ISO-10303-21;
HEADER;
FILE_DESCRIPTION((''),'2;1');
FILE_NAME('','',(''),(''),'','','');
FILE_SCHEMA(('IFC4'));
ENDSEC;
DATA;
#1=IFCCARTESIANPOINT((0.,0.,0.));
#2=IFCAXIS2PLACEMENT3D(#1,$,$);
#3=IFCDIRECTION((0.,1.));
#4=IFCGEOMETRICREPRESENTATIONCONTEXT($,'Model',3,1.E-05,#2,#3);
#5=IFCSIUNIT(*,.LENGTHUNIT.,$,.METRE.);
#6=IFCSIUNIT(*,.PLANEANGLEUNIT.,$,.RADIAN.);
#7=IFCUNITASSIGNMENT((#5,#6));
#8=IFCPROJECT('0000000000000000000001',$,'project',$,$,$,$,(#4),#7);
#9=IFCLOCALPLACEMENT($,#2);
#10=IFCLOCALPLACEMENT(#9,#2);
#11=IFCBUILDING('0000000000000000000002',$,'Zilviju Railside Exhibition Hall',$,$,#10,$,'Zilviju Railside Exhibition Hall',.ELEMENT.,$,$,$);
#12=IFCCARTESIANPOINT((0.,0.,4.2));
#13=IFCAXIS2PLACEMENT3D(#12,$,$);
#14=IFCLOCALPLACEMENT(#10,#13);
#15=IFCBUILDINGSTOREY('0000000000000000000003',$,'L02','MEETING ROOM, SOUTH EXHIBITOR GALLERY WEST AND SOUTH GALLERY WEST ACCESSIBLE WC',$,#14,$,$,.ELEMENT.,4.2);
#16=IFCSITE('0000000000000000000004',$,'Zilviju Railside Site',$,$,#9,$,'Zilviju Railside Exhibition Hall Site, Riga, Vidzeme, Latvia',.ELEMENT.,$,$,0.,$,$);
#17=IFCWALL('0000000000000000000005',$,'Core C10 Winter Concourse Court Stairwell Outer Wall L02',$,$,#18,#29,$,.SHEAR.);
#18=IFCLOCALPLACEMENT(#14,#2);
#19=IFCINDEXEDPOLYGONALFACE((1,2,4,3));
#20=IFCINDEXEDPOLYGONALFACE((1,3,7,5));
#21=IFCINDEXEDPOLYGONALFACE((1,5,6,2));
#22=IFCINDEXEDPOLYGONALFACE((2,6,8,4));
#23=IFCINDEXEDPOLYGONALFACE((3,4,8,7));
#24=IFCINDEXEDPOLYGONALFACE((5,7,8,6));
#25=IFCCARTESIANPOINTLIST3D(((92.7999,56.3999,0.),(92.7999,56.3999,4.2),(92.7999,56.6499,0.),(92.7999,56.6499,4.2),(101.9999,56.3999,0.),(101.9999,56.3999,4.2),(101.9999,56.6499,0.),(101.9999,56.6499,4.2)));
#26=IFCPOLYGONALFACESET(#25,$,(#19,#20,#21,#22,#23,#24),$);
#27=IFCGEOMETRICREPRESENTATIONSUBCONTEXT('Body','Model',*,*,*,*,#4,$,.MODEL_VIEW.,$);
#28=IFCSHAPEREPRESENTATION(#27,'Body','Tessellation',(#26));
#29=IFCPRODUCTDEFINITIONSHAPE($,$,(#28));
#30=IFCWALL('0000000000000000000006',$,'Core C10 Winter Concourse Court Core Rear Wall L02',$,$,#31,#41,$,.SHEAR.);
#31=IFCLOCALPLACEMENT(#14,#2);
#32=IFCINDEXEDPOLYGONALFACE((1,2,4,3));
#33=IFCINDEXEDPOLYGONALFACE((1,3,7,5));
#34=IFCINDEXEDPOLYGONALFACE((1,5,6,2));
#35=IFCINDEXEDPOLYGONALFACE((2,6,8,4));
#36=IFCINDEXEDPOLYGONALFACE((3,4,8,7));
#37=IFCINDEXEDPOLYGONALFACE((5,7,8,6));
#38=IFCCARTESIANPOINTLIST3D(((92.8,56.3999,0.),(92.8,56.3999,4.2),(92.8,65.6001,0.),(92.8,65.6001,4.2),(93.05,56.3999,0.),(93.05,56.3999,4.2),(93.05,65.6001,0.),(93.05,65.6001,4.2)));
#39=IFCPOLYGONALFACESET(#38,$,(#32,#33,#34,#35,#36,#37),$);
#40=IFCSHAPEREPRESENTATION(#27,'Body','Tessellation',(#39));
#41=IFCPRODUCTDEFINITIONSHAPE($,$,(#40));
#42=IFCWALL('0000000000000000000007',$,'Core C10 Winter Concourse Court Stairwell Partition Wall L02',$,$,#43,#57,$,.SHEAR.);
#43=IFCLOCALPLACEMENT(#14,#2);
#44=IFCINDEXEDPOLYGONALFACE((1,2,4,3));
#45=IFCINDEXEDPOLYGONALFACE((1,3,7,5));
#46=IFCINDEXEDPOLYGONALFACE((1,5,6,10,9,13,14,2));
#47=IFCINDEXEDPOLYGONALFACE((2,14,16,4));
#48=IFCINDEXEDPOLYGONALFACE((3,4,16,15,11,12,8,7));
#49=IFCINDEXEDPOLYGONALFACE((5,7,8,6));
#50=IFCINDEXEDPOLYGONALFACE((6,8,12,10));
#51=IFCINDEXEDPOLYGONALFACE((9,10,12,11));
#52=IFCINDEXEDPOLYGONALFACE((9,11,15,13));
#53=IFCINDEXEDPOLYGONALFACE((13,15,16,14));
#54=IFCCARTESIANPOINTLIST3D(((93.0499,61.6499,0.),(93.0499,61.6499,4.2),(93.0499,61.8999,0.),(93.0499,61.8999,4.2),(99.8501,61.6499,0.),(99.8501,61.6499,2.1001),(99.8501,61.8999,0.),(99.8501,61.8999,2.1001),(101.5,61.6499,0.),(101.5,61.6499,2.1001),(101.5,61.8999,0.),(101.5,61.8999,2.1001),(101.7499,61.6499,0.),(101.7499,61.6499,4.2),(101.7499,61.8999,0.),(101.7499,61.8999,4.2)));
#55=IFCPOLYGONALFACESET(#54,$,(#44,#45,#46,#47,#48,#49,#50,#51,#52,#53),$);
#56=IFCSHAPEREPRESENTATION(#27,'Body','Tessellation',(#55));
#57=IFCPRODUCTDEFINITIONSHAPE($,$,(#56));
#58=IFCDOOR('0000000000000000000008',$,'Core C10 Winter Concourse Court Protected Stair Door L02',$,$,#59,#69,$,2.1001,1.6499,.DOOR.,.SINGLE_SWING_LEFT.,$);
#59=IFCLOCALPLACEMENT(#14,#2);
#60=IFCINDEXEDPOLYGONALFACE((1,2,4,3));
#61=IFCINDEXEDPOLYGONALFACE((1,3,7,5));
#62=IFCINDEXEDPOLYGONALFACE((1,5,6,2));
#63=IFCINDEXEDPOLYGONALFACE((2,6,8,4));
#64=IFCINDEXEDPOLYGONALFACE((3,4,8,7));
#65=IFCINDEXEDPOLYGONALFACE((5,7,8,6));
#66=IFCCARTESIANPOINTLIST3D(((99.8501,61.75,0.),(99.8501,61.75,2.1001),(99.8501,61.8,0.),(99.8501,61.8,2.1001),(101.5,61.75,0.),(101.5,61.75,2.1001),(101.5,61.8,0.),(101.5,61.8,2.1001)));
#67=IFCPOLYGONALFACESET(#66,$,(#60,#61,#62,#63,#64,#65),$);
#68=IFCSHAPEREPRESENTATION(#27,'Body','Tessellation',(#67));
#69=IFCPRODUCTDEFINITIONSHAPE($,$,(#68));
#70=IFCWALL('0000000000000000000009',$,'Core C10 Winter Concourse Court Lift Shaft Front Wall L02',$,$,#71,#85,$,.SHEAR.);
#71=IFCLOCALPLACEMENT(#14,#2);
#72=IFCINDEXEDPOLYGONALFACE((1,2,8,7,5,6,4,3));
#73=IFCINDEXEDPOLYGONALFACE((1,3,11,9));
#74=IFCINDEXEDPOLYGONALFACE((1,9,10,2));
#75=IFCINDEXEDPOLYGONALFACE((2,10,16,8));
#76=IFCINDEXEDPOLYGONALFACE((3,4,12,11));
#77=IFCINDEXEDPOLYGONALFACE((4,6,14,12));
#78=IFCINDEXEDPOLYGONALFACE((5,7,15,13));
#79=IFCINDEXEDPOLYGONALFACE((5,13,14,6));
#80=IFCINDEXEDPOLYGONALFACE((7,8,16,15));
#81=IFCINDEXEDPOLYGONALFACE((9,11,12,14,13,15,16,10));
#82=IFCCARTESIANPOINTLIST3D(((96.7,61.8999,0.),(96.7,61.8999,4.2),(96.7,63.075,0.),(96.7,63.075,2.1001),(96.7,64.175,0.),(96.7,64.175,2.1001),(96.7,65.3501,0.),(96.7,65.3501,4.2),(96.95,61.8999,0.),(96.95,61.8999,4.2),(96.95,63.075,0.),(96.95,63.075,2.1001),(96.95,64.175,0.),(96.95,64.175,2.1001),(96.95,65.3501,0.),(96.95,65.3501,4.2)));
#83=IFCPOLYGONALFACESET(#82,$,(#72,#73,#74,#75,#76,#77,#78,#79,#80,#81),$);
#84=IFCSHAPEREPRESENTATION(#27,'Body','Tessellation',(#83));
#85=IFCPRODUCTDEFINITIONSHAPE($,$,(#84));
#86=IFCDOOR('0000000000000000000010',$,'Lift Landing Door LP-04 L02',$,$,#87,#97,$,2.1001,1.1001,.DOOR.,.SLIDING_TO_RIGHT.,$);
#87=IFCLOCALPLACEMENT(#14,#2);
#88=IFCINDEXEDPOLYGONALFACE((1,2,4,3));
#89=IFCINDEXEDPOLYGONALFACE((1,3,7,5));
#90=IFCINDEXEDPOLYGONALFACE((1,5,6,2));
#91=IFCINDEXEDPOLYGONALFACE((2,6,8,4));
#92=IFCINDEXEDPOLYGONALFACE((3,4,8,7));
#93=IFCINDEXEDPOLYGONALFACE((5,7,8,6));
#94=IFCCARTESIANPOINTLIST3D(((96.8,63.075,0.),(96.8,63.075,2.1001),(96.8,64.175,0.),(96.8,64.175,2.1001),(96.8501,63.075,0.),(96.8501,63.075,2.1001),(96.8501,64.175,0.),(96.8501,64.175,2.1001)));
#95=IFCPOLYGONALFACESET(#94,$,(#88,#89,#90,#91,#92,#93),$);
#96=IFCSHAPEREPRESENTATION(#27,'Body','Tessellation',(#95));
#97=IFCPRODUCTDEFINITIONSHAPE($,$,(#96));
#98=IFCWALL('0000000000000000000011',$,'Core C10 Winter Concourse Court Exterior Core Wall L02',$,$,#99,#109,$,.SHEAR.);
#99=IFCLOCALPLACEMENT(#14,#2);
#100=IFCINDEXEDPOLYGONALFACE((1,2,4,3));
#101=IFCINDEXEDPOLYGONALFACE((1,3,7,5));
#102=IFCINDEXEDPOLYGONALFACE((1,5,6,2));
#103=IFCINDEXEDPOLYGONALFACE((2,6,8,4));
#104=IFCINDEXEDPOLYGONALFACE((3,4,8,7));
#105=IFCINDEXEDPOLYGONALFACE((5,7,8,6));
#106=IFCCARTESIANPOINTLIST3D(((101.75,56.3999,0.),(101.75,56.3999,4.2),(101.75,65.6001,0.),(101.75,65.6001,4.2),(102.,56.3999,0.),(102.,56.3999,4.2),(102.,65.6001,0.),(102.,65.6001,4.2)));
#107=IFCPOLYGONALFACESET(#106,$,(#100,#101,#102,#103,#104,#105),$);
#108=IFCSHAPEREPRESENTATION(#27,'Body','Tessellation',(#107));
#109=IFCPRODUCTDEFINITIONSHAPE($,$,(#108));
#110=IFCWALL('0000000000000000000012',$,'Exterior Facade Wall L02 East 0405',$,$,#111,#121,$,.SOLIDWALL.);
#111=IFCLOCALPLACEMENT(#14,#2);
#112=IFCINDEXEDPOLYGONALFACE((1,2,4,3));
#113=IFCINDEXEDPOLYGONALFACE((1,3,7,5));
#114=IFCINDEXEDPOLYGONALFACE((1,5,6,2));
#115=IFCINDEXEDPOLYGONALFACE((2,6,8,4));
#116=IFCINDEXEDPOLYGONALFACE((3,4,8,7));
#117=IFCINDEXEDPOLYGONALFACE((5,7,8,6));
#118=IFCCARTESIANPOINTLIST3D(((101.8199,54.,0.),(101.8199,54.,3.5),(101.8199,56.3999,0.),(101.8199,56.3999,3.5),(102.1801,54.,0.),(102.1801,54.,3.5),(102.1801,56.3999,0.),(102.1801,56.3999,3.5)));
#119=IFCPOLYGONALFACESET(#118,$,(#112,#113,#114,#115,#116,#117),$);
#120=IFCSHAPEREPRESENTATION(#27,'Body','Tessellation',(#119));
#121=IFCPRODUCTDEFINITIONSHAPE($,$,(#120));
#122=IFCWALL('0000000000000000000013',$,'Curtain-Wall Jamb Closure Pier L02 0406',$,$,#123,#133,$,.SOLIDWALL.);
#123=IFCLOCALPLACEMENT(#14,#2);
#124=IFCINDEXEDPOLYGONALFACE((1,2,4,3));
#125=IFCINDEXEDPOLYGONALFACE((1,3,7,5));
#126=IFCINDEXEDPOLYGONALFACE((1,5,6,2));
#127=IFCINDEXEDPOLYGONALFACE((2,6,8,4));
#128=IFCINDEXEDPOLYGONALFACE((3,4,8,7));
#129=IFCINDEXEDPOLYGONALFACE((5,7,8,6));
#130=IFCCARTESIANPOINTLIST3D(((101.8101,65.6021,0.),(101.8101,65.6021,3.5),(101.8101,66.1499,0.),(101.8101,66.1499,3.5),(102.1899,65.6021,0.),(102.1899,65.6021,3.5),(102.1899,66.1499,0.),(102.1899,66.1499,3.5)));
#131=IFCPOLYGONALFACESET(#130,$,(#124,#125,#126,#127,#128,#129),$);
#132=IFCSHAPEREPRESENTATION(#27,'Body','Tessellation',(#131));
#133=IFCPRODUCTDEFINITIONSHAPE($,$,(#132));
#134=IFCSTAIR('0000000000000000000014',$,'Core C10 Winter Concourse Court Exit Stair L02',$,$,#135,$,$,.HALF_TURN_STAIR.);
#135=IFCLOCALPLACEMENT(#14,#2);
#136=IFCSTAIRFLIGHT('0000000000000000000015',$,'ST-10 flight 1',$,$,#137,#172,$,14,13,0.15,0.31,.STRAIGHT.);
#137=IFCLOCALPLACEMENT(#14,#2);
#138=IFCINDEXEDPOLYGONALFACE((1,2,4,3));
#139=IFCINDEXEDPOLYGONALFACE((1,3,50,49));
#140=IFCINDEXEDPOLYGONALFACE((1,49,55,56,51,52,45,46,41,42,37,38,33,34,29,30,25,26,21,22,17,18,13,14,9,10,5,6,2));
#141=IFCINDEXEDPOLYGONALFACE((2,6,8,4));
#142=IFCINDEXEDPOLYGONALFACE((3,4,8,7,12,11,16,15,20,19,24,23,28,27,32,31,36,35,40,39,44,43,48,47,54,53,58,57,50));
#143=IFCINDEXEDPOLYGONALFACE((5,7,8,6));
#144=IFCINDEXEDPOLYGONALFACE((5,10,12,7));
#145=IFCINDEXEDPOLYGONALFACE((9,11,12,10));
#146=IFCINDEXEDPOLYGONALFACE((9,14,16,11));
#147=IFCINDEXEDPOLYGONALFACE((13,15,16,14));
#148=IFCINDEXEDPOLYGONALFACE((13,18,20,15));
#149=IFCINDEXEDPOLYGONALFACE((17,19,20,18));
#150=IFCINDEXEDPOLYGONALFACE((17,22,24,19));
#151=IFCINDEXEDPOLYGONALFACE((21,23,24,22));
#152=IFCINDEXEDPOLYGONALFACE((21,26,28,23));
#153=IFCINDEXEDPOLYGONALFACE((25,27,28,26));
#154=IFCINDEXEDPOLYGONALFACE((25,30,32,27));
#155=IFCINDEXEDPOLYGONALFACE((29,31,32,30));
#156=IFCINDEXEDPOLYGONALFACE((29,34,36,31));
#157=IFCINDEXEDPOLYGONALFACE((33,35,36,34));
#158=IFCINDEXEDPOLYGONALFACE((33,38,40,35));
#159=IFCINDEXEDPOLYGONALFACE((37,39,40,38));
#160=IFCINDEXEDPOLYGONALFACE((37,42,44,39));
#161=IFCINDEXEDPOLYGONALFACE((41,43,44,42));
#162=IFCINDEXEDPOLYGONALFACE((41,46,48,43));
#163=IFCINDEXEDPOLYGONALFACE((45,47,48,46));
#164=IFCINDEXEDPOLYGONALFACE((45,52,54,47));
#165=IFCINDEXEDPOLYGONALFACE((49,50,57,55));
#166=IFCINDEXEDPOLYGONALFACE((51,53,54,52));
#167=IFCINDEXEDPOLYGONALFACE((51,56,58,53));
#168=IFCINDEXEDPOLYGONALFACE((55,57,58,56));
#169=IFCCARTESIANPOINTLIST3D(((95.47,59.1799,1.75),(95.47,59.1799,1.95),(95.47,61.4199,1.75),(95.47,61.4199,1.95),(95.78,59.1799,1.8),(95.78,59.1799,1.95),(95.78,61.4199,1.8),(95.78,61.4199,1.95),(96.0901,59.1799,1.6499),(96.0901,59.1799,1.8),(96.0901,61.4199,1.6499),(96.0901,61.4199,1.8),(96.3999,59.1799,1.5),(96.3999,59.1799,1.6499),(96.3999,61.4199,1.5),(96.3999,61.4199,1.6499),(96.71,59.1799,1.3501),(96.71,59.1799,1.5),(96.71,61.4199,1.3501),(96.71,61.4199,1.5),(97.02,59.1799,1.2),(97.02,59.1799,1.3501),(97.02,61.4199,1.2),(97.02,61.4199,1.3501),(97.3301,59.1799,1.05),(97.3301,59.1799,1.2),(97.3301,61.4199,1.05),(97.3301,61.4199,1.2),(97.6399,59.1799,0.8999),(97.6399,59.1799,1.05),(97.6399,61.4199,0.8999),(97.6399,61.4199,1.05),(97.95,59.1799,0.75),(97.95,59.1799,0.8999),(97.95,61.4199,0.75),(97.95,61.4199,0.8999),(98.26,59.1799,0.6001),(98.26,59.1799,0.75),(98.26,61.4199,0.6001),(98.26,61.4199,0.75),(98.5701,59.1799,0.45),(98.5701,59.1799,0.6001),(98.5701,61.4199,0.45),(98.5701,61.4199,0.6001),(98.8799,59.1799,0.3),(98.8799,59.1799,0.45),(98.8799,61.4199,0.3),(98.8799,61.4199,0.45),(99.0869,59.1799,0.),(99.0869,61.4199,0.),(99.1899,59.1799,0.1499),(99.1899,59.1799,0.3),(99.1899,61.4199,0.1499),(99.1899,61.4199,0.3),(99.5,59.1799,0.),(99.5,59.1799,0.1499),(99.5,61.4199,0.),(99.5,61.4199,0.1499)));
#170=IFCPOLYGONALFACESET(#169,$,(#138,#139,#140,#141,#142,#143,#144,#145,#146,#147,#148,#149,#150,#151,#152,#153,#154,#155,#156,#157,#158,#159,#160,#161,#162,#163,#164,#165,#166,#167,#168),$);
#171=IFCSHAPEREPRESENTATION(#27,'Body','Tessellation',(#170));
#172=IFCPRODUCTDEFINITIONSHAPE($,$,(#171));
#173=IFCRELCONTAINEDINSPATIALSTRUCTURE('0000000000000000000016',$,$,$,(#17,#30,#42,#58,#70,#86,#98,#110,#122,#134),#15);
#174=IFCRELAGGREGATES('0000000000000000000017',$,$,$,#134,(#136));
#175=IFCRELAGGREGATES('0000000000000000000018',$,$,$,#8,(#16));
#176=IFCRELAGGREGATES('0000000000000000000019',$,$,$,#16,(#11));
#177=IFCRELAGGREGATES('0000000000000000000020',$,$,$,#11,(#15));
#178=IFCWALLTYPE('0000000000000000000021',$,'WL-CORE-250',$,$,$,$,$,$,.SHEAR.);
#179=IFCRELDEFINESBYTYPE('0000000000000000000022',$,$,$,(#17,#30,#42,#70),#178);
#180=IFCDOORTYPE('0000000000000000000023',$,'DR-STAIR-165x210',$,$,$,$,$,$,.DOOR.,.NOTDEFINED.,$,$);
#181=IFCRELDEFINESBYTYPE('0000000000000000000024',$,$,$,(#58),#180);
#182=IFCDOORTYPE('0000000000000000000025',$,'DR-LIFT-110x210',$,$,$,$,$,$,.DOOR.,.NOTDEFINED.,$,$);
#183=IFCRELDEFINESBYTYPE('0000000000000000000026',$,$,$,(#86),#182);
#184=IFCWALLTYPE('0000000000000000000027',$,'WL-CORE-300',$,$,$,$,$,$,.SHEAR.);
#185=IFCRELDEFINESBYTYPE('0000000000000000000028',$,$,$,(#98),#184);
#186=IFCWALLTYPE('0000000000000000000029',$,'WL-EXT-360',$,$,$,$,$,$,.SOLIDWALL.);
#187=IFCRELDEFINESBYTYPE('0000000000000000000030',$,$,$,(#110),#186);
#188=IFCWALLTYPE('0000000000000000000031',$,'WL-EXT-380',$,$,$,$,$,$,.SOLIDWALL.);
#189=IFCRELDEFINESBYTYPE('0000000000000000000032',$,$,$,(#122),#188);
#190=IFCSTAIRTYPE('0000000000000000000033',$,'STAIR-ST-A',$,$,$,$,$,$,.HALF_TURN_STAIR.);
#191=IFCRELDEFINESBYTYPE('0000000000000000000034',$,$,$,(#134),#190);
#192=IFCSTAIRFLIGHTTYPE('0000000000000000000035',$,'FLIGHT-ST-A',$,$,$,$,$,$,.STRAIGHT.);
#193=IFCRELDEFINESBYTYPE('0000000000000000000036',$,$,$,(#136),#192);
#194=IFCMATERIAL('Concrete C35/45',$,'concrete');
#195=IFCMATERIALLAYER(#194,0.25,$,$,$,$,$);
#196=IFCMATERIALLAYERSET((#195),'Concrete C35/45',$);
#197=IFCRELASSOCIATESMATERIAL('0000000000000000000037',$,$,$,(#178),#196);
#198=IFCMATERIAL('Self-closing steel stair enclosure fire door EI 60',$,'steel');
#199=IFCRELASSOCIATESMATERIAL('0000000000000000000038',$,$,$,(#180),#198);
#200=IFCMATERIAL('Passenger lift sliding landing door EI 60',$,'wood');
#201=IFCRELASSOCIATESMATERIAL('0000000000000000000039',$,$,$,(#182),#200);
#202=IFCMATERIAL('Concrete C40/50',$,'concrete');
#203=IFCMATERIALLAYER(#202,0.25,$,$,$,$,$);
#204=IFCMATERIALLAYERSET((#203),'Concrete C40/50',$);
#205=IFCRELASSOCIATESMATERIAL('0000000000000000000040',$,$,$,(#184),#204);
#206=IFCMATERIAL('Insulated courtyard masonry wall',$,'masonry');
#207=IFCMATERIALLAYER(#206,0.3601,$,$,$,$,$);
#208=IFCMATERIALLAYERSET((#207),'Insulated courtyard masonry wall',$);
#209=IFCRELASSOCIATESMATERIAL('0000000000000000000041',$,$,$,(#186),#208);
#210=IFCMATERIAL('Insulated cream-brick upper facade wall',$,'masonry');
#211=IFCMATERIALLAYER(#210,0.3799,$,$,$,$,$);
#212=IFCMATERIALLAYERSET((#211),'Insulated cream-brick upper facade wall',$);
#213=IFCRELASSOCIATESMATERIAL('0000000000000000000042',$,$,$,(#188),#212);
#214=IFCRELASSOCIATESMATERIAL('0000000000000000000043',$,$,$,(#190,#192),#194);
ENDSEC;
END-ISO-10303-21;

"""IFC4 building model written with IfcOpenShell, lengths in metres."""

from ifc_helpers import new_model, si_unit, direction, frame, frame_2d, origin, place, context, subcontext, project, spatial, polyline, rectangle, outline, extrude, material, layer, layer_set, type_object, element, fill, aggregate, save


model = new_model("IFC4")

# Units and contexts
model_context = context("Model", 3, precision=1e-05, world=origin(), true_north=direction((0.0, 1.0)))
body_context = subcontext(model_context, "Body", "Model", "MODEL_VIEW")
ifc_project = project(units=[si_unit("LENGTHUNIT", "METRE"), si_unit("PLANEANGLEUNIT", "RADIAN")], contexts=[model_context])

# Site, building, storey
site_placement = place(None, origin())
site = spatial("IfcSite", under=ifc_project, at=site_placement, Name="Zilviju Railside Site", LongName="Zilviju Railside Exhibition Hall Site, Riga, Vidzeme, Latvia", CompositionType="ELEMENT", RefElevation=0.0)
building_placement = place(site_placement, origin())
building = spatial("IfcBuilding", under=site, at=building_placement, Name="Zilviju Railside Exhibition Hall", LongName="Zilviju Railside Exhibition Hall", CompositionType="ELEMENT")
storey_placement = place(building_placement, frame((0.0, 0.0, 4.2)))
storey = spatial("IfcBuildingStorey", under=building, at=storey_placement, Name="L02", Description="MEETING ROOM, SOUTH EXHIBITOR GALLERY WEST AND SOUTH GALLERY WEST ACCESSIBLE WC", CompositionType="ELEMENT", Elevation=4.2)

# Walls
ifc_material_1 = material(Name="Concrete C35/45", Category="concrete")
ifc_layer_1 = layer(ifc_material_1, 0.25)
ifc_layer_set_1 = layer_set([ifc_layer_1], Name="Concrete C35/45")
wall_type_1 = type_object("IfcWallType", Name="WL-CORE-250", PredefinedType="SHEAR", material=ifc_layer_set_1)
wall_1_placement = place(storey_placement, frame((102.0, 56.5249, 0.0), z_axis=(0.0, 0.0, 1.0), x_axis=(-1.0, 0.0, 0.0)))
element("IfcWall", 1, at=wall_1_placement, inside=storey, type_object=wall_type_1, Name="Core C10 Winter Concourse Court Stairwell Outer Wall L02", PredefinedType="SHEAR", context=body_context, shape_type="SweptSolid", body=[
    extrude(rectangle(XDim=9.2, YDim=0.25, at=frame_2d((4.6001, 0.0))), origin(), (0.0, 0.0, 1.0), 4.2),
])
wall_2_placement = place(storey_placement, frame((92.925, 56.3999, 0.0), z_axis=(0.0, 0.0, 1.0), x_axis=(0.0, 1.0, 0.0)))
element("IfcWall", 2, at=wall_2_placement, inside=storey, type_object=wall_type_1, Name="Core C10 Winter Concourse Court Core Rear Wall L02", PredefinedType="SHEAR", context=body_context, shape_type="SweptSolid", body=[
    extrude(rectangle(XDim=9.2002, YDim=0.25, at=frame_2d((4.6001, 0.0))), origin(), (0.0, 0.0, 1.0), 4.2),
])

# Walls, openings, doors
wall_3_placement = place(storey_placement, frame((101.75, 61.7749, 0.0), z_axis=(0.0, 0.0, 1.0), x_axis=(-1.0, 0.0, 0.0)))
wall_3 = element("IfcWall", 3, at=wall_3_placement, inside=storey, type_object=wall_type_1, Name="Core C10 Winter Concourse Court Stairwell Partition Wall L02", PredefinedType="SHEAR", context=body_context, shape_type="SweptSolid", body=[
    extrude(rectangle(XDim=8.7, YDim=0.25, at=frame_2d((4.3501, 0.0))), origin(), (0.0, 0.0, 1.0), 4.2),
])
opening_1_placement = place(wall_3_placement, frame((0.25, 0.0, 0.0)))
opening_1 = element("IfcOpeningElement", 4, at=opening_1_placement, cuts=wall_3, PredefinedType="OPENING", context=body_context, shape_type="SweptSolid", body=[
    extrude(rectangle(XDim=1.6499, YDim=2.1001, at=frame_2d((0.825, 1.05))), frame((0.0, 0.135, 0.0), z_axis=(0.0, -1.0, 0.0), x_axis=(1.0, 0.0, 0.0)), (0.0, 0.0, 1.0), 0.27),
])
ifc_material_2 = material(Name="Self-closing steel stair enclosure fire door EI 60", Category="steel")
door_type_1 = type_object("IfcDoorType", Name="DR-STAIR-165x210", OperationType="NOTDEFINED", PredefinedType="DOOR", material=ifc_material_2)
door_1_placement = place(opening_1_placement, origin())
door_1 = element("IfcDoor", 5, at=door_1_placement, inside=storey, type_object=door_type_1, Name="Core C10 Winter Concourse Court Protected Stair Door L02", OperationType="SINGLE_SWING_LEFT", OverallHeight=2.1001, OverallWidth=1.6499, PredefinedType="DOOR", context=body_context, shape_type="SweptSolid", body=[
    extrude(rectangle(XDim=1.6499, YDim=2.1001, at=frame_2d((0.825, 1.05))), frame((0.0, 0.0249, 0.0), z_axis=(0.0, -1.0, 0.0), x_axis=(1.0, 0.0, 0.0)), (0.0, 0.0, 1.0), 0.05),
])
fill(opening_1, door_1)
wall_4_placement = place(storey_placement, frame((96.825, 61.8999, 0.0), z_axis=(0.0, 0.0, 1.0), x_axis=(0.0, 1.0, 0.0)))
wall_4 = element("IfcWall", 6, at=wall_4_placement, inside=storey, type_object=wall_type_1, Name="Core C10 Winter Concourse Court Lift Shaft Front Wall L02", PredefinedType="SHEAR", context=body_context, shape_type="SweptSolid", body=[
    extrude(rectangle(XDim=3.4502, YDim=0.25, at=frame_2d((1.7251, 0.0))), origin(), (0.0, 0.0, 1.0), 4.2),
])
opening_2_placement = place(wall_4_placement, frame((1.175, 0.0, 0.0)))
opening_2 = element("IfcOpeningElement", 7, at=opening_2_placement, cuts=wall_4, PredefinedType="OPENING", context=body_context, shape_type="SweptSolid", body=[
    extrude(rectangle(XDim=1.1001, YDim=2.1001, at=frame_2d((0.55, 1.05))), frame((0.0, 0.135, 0.0), z_axis=(0.0, -1.0, 0.0), x_axis=(1.0, 0.0, 0.0)), (0.0, 0.0, 1.0), 0.27),
])
ifc_material_3 = material(Name="Passenger lift sliding landing door EI 60", Category="wood")
door_type_2 = type_object("IfcDoorType", Name="DR-LIFT-110x210", OperationType="NOTDEFINED", PredefinedType="DOOR", material=ifc_material_3)
door_2_placement = place(opening_2_placement, origin())
door_2 = element("IfcDoor", 8, at=door_2_placement, inside=storey, type_object=door_type_2, Name="Lift Landing Door LP-04 L02", OperationType="SLIDING_TO_RIGHT", OverallHeight=2.1001, OverallWidth=1.1001, PredefinedType="DOOR", context=body_context, shape_type="SweptSolid", body=[
    extrude(rectangle(XDim=1.1001, YDim=2.1001, at=frame_2d((0.55, 1.05))), frame((0.0, 0.0249, 0.0), z_axis=(0.0, -1.0, 0.0), x_axis=(1.0, 0.0, 0.0)), (0.0, 0.0, 1.0), 0.05),
])
fill(opening_2, door_2)

# Walls
ifc_material_4 = material(Name="Concrete C40/50", Category="concrete")
ifc_layer_2 = layer(ifc_material_4, 0.25)
ifc_layer_set_2 = layer_set([ifc_layer_2], Name="Concrete C40/50")
wall_type_2 = type_object("IfcWallType", Name="WL-CORE-300", PredefinedType="SHEAR", material=ifc_layer_set_2)
wall_5_placement = place(storey_placement, frame((101.875, 65.6001, 0.0), z_axis=(0.0, 0.0, 1.0), x_axis=(0.0, -1.0, 0.0)))
element("IfcWall", 9, at=wall_5_placement, inside=storey, type_object=wall_type_2, Name="Core C10 Winter Concourse Court Exterior Core Wall L02", PredefinedType="SHEAR", context=body_context, shape_type="SweptSolid", body=[
    extrude(rectangle(XDim=9.2002, YDim=0.25, at=frame_2d((4.6001, 0.0))), origin(), (0.0, 0.0, 1.0), 4.2),
])
ifc_material_5 = material(Name="Insulated courtyard masonry wall", Category="masonry")
ifc_layer_3 = layer(ifc_material_5, 0.3601)
ifc_layer_set_3 = layer_set([ifc_layer_3], Name="Insulated courtyard masonry wall")
wall_type_3 = type_object("IfcWallType", Name="WL-EXT-360", PredefinedType="SOLIDWALL", material=ifc_layer_set_3)
wall_6_placement = place(storey_placement, frame((102.0, 56.3999, 0.0), z_axis=(0.0, 0.0, 1.0), x_axis=(0.0, -1.0, 0.0)))
element("IfcWall", 10, at=wall_6_placement, inside=storey, type_object=wall_type_3, Name="Exterior Facade Wall L02 East 0405", PredefinedType="SOLIDWALL", context=body_context, shape_type="SweptSolid", body=[
    extrude(rectangle(XDim=2.3999, YDim=0.3601, at=frame_2d((1.2, 0.0))), origin(), (0.0, 0.0, 1.0), 3.5),
])
ifc_material_6 = material(Name="Insulated cream-brick upper facade wall", Category="masonry")
ifc_layer_4 = layer(ifc_material_6, 0.3799)
ifc_layer_set_4 = layer_set([ifc_layer_4], Name="Insulated cream-brick upper facade wall")
wall_type_4 = type_object("IfcWallType", Name="WL-EXT-380", PredefinedType="SOLIDWALL", material=ifc_layer_set_4)
wall_7_placement = place(storey_placement, frame((102.0, 66.1499, 0.0), z_axis=(0.0, 0.0, 1.0), x_axis=(0.0, -1.0, 0.0)))
element("IfcWall", 11, at=wall_7_placement, inside=storey, type_object=wall_type_4, Name="Curtain-Wall Jamb Closure Pier L02 0406", PredefinedType="SOLIDWALL", context=body_context, shape_type="SweptSolid", body=[
    extrude(rectangle(XDim=0.5479, YDim=0.3799, at=frame_2d((0.2739, 0.0))), origin(), (0.0, 0.0, 1.0), 3.5),
])

# Stair, stair flight
stair_type = type_object("IfcStairType", Name="STAIR-ST-A", PredefinedType="HALF_TURN_STAIR", material=ifc_material_1)
stair_placement = place(storey_placement, origin())
stair = element("IfcStair", 12, at=stair_placement, inside=storey, type_object=stair_type, Name="Core C10 Winter Concourse Court Exit Stair L02", PredefinedType="HALF_TURN_STAIR")
stair_flight_type = type_object("IfcStairFlightType", Name="FLIGHT-ST-A", PredefinedType="STRAIGHT", material=ifc_material_1)
stair_flight_1_placement = place(storey_placement, frame((99.5, 60.3, 0.0), z_axis=(0.0, 0.0, 1.0), x_axis=(-1.0, 0.0, 0.0)))
stair_flight_1 = element("IfcStairFlight", 13, at=stair_flight_1_placement, type_object=stair_flight_type, Name="ST-10 flight 1", NumberOfRisers=14, NumberOfTreads=13, PredefinedType="STRAIGHT", RiserHeight=0.15, TreadLength=0.31, context=body_context, shape_type="SweptSolid", body=[
    extrude(outline(polyline([(0.0, 0.0), (0.0, 0.1499), (0.3101, 0.1499), (0.3101, 0.3), (0.6201, 0.3), (0.6201, 0.45), (0.9299, 0.45), (0.9299, 0.6001), (1.24, 0.6001), (1.24, 0.75), (1.55, 0.75), (1.55, 0.8999), (1.8601, 0.8999), (1.8601, 1.05), (2.1699, 1.05), (2.1699, 1.2), (2.48, 1.2), (2.48, 1.3501), (2.79, 1.3501), (2.79, 1.5), (3.1001, 1.5), (3.1001, 1.6499), (3.4099, 1.6499), (3.4099, 1.8), (3.72, 1.8), (3.72, 1.95), (4.03, 1.95), (4.03, 2.1001), (4.03, 1.75), (0.4131, 0.0), (0.0, 0.0)])), frame((0.0, 1.1201, 0.0), z_axis=(0.0, -1.0, 0.0), x_axis=(1.0, 0.0, 0.0)), (0.0, 0.0, 1.0), 2.24),
])
aggregate(stair, [stair_flight_1])

save(model, "model.ifc")
